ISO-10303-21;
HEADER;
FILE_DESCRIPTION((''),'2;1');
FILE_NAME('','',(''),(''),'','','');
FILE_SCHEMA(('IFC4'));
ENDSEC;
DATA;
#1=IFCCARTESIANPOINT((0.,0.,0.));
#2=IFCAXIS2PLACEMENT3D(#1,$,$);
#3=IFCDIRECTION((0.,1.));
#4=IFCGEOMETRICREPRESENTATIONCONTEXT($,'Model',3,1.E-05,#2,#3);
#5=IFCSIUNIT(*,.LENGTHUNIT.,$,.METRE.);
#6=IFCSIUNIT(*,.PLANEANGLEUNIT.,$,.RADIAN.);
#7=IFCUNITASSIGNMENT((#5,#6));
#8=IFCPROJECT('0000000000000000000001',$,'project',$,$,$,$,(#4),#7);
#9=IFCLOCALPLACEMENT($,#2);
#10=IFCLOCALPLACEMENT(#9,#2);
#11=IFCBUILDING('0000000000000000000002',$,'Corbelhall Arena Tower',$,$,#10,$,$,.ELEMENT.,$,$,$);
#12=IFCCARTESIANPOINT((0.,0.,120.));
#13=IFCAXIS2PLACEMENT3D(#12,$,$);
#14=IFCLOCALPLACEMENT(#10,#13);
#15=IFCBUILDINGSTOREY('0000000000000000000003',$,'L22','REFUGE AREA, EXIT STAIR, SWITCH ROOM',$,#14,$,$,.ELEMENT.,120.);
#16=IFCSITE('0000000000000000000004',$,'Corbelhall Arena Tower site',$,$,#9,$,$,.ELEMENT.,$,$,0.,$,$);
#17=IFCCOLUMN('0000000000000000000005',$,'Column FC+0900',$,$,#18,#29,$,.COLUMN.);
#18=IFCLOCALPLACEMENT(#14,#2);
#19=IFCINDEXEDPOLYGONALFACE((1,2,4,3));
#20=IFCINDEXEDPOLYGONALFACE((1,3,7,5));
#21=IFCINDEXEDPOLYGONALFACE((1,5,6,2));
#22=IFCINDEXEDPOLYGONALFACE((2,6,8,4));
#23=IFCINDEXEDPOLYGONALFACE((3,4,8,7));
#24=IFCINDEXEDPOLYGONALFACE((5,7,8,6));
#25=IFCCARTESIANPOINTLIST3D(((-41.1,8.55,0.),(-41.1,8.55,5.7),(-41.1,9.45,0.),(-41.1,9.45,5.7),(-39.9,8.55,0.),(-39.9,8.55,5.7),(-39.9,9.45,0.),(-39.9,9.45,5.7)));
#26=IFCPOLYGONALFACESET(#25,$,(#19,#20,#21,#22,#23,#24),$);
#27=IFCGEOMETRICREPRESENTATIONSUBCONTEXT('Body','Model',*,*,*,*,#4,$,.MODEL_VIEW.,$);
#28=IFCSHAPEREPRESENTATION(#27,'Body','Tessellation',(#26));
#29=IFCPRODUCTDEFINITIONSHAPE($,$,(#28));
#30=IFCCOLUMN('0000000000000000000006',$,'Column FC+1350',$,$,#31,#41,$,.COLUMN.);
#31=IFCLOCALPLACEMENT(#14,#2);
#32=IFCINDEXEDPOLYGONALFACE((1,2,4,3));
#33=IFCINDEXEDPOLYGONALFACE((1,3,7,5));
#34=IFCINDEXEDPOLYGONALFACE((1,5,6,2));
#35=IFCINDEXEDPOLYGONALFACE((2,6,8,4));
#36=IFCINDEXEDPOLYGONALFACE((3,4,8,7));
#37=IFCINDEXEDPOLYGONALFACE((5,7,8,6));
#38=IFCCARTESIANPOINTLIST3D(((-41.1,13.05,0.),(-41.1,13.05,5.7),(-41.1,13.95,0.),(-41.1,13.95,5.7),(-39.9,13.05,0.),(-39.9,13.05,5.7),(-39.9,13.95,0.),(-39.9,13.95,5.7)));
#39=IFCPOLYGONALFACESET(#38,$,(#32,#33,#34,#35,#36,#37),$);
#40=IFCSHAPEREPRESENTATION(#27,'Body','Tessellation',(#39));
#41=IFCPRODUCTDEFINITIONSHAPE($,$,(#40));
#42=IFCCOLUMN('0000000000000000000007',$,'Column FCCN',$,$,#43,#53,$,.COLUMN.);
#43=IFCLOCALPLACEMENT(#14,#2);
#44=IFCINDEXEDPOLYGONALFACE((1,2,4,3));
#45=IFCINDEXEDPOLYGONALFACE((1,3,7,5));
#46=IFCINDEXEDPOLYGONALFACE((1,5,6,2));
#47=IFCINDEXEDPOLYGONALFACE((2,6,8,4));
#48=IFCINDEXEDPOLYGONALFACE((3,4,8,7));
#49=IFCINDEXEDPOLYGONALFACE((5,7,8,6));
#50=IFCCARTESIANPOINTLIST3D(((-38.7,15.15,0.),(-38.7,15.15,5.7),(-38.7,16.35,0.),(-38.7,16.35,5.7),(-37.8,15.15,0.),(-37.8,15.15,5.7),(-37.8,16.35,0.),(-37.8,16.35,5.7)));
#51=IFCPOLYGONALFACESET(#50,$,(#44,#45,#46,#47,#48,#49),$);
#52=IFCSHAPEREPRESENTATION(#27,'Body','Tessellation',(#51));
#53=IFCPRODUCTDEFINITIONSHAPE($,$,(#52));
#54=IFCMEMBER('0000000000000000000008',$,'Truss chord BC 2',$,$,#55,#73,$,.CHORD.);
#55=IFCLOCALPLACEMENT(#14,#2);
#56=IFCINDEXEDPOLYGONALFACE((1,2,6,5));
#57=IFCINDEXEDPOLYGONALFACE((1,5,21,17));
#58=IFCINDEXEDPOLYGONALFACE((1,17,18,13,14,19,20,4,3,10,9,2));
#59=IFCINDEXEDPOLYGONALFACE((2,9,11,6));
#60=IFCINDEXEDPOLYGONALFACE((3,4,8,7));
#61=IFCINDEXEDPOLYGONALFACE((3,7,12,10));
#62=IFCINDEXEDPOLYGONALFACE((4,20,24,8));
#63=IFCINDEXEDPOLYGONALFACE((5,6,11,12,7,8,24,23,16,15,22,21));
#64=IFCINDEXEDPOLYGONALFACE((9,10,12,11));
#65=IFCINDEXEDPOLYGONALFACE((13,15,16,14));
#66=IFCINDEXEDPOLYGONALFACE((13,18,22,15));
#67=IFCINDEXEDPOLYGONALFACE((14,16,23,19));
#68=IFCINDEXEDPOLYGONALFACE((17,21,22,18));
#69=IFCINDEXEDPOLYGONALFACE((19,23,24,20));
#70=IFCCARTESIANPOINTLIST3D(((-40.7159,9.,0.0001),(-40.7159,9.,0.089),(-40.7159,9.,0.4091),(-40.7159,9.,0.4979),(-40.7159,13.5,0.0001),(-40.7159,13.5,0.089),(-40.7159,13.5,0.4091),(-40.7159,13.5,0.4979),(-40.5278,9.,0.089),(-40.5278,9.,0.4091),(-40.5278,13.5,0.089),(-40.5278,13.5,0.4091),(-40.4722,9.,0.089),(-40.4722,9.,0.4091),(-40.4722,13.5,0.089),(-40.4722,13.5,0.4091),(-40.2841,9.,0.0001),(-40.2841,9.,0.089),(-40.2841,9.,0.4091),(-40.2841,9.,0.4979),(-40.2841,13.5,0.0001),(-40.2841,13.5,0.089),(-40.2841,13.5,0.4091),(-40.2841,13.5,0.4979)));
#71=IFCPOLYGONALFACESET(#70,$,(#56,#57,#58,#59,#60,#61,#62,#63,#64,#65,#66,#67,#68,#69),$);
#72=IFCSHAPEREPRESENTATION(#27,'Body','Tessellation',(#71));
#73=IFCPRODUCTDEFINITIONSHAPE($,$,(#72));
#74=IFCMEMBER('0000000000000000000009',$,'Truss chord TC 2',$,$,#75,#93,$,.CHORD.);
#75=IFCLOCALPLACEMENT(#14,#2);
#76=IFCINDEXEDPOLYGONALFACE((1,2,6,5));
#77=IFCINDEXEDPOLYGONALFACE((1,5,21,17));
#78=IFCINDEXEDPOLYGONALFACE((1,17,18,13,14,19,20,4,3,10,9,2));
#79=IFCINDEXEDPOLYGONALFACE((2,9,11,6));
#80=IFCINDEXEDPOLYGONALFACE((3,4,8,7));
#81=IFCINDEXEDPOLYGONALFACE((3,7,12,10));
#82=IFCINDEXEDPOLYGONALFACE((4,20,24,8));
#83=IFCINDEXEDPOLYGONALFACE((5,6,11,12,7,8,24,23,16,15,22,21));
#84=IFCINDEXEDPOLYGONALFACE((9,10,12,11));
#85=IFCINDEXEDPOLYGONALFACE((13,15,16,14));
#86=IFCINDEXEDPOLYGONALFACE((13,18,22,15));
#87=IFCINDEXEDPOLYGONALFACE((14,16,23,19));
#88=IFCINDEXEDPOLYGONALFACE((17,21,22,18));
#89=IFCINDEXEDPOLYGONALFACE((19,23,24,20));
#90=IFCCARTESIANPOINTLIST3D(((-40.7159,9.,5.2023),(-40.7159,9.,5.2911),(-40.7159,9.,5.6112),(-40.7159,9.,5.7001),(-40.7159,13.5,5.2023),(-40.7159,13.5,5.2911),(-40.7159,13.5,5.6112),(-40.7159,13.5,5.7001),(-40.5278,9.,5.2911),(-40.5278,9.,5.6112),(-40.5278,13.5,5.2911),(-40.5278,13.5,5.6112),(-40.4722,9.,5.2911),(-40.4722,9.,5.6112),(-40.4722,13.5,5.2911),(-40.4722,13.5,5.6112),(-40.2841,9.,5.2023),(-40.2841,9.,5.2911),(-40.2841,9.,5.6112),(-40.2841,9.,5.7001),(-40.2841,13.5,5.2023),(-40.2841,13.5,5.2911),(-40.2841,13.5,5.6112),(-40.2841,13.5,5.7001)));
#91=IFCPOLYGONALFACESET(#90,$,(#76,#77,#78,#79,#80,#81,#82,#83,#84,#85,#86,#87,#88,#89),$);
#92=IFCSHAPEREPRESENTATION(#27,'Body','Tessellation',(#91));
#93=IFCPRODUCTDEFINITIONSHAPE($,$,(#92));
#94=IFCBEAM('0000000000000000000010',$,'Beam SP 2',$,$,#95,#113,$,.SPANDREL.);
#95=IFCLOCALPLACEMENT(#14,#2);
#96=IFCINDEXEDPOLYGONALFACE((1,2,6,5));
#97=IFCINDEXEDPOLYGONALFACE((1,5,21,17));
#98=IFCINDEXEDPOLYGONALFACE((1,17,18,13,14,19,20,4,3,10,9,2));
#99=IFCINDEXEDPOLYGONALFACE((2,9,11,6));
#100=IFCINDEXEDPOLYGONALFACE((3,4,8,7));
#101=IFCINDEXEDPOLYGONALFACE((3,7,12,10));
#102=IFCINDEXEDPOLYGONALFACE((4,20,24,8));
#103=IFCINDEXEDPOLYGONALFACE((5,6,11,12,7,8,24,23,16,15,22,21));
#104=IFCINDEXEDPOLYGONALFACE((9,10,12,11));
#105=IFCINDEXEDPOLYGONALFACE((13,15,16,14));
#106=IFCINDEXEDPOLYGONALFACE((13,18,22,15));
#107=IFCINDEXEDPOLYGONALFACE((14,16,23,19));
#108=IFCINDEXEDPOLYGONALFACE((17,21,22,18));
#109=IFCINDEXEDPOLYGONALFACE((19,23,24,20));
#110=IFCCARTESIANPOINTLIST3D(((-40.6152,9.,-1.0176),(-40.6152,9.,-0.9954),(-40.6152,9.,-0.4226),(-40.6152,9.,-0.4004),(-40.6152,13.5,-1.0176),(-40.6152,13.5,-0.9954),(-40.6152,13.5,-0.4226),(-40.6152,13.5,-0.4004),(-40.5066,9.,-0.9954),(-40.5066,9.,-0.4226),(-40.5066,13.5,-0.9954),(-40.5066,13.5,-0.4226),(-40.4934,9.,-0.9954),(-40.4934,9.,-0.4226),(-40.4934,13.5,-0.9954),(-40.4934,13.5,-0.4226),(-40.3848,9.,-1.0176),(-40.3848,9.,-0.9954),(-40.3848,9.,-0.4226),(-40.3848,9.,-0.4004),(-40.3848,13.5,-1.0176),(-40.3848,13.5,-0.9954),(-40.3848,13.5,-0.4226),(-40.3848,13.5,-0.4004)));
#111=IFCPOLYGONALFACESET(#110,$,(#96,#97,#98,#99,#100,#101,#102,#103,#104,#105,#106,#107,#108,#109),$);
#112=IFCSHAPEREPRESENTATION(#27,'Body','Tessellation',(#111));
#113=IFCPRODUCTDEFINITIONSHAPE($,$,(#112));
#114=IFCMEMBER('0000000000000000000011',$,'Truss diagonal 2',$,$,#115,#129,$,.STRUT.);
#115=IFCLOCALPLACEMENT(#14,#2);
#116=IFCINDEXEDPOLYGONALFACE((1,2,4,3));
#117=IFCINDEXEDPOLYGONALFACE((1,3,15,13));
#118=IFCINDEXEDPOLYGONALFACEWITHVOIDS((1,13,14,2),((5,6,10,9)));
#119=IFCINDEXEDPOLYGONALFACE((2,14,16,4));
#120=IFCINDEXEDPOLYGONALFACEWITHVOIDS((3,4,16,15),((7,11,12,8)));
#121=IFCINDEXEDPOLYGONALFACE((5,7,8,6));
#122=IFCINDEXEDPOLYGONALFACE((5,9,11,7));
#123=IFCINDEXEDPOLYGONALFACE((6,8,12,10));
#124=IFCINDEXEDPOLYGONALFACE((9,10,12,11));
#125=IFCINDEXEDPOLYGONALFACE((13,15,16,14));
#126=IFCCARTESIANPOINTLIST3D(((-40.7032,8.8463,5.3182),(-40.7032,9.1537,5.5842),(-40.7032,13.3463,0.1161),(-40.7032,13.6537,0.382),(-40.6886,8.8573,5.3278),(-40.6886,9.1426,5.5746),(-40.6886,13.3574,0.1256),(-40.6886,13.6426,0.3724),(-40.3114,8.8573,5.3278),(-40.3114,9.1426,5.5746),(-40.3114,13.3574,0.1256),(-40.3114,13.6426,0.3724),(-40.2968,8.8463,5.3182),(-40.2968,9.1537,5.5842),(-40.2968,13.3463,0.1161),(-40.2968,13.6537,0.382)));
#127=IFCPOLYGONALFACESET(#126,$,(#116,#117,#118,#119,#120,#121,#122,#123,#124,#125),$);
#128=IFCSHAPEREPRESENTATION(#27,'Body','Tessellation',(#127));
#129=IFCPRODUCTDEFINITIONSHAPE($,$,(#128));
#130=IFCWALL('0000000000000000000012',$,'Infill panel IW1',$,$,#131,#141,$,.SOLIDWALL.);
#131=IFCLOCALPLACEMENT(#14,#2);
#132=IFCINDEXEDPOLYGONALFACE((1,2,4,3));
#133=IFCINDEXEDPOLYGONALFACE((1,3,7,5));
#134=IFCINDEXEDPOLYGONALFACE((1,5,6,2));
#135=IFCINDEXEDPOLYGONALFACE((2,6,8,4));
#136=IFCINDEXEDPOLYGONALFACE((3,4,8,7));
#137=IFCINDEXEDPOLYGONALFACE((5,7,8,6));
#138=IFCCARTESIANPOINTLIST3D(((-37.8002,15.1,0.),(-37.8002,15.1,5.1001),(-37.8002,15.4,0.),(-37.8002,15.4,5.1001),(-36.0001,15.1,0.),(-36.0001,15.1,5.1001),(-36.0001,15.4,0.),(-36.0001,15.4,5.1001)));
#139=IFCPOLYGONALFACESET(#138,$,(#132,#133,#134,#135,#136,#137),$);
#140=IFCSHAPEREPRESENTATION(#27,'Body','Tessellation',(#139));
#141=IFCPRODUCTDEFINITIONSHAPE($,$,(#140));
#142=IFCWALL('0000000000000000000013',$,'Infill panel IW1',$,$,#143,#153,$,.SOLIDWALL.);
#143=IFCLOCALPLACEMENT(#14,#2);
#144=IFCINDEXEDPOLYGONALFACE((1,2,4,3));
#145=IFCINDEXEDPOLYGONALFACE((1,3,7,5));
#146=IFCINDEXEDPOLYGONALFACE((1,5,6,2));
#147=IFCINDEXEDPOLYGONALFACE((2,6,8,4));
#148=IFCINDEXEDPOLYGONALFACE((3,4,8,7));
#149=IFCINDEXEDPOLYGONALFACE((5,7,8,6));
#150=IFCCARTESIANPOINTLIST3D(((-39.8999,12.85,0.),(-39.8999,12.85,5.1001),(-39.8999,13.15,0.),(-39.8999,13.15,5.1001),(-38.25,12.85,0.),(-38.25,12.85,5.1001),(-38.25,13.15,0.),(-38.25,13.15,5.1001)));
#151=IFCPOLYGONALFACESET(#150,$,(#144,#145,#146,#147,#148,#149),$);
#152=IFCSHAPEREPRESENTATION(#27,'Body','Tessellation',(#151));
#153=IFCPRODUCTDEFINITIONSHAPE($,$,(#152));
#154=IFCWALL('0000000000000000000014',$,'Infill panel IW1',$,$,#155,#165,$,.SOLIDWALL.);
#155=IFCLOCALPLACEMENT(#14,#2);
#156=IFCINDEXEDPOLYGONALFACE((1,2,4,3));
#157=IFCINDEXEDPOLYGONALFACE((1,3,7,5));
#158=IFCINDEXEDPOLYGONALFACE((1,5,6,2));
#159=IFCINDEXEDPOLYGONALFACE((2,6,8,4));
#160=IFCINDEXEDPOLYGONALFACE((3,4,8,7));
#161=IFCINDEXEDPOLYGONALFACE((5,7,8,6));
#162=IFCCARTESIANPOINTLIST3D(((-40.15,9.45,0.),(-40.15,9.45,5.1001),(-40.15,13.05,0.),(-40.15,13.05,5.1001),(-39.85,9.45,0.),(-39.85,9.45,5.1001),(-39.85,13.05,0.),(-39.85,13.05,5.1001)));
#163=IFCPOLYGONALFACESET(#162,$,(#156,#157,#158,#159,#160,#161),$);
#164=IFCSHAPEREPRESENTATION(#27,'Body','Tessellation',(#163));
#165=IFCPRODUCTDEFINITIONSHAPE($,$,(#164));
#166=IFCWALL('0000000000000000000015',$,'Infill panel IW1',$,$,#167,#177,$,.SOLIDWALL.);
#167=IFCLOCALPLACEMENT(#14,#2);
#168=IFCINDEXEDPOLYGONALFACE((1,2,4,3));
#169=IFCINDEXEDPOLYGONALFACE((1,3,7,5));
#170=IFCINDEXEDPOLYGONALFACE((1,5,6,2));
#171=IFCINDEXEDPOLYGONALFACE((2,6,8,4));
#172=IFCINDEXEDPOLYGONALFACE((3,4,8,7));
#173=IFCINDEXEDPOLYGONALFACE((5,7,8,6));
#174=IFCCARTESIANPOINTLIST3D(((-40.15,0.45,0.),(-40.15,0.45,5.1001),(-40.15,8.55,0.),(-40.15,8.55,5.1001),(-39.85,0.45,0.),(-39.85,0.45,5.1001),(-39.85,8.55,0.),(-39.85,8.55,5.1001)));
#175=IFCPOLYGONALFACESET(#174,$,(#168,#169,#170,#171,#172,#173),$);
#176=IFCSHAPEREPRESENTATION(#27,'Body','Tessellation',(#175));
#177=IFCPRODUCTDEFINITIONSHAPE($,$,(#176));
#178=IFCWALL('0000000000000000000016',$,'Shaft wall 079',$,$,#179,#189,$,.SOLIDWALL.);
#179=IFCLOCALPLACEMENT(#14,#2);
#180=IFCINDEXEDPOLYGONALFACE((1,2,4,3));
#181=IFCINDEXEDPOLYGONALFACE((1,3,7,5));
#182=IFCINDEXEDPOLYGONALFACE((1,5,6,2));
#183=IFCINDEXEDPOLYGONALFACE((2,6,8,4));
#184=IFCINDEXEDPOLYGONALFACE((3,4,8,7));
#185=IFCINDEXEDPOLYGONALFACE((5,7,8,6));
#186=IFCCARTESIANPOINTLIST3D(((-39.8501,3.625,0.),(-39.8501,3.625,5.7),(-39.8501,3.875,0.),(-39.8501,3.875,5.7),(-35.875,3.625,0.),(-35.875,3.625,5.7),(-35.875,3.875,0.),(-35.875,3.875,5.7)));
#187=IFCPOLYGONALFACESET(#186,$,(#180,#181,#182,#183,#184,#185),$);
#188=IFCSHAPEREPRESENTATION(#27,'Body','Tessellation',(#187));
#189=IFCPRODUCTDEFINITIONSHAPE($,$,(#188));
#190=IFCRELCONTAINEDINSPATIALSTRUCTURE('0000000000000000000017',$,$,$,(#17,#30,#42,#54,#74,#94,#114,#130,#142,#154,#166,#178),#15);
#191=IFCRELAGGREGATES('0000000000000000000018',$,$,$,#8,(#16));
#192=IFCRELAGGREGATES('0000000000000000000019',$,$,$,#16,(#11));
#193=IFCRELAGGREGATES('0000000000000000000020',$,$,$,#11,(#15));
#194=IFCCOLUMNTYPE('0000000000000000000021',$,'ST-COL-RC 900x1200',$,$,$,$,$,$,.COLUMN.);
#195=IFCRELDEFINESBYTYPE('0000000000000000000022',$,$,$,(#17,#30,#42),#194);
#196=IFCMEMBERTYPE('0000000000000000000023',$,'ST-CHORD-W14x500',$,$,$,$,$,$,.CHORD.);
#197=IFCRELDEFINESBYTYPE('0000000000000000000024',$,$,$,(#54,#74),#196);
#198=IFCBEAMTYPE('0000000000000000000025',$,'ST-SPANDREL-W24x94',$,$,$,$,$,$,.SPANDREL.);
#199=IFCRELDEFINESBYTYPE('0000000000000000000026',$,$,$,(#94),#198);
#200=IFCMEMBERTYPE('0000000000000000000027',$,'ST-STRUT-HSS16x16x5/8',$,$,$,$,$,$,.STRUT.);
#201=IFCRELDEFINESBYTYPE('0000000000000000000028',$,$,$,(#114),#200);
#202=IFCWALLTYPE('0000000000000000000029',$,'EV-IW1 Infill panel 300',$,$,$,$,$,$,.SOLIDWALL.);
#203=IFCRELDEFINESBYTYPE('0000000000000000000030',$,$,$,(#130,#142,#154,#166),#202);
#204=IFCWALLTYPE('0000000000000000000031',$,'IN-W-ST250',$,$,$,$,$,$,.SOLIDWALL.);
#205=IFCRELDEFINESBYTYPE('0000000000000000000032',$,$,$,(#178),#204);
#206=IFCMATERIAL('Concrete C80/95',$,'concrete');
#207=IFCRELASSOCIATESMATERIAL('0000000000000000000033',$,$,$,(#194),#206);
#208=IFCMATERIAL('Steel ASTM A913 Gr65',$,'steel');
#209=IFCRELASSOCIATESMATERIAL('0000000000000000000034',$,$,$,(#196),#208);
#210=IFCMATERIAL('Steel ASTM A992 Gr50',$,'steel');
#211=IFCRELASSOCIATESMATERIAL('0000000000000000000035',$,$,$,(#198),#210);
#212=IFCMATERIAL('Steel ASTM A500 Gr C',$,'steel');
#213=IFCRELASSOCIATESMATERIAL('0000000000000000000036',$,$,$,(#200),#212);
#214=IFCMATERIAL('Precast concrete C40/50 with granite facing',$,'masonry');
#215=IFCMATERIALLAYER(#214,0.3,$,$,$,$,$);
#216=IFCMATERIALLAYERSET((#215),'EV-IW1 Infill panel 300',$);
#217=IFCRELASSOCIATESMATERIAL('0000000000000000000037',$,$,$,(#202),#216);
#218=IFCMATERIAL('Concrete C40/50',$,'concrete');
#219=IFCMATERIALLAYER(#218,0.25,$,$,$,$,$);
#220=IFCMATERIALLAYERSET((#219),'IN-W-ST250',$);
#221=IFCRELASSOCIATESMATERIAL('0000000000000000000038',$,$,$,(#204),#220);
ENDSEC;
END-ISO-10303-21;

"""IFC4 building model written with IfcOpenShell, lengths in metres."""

from ifc_helpers import new_model, si_unit, direction, frame, frame_2d, origin, origin_2d, place, context, subcontext, project, spatial, rectangle, hollow_rectangle, i_section, extrude, material, layer, layer_set, material_profile, profile_set, type_object, element, save


model = new_model("IFC4")

# Units and contexts
model_context = context("Model", 3, precision=1e-05, world=origin(), true_north=direction((0.0, 1.0)))
body_context = subcontext(model_context, "Body", "Model", "MODEL_VIEW")
ifc_project = project(units=[si_unit("LENGTHUNIT", "METRE"), si_unit("PLANEANGLEUNIT", "RADIAN")], contexts=[model_context])

# Site, building, storey
site_placement = place(None, origin())
site = spatial("IfcSite", under=ifc_project, at=site_placement, Name="Corbelhall Arena Tower site", CompositionType="ELEMENT", RefElevation=0.0)
building_placement = place(site_placement, origin())
building = spatial("IfcBuilding", under=site, at=building_placement, Name="Corbelhall Arena Tower", CompositionType="ELEMENT")
storey_placement = place(building_placement, frame((0.0, 0.0, 120.0)))
storey = spatial("IfcBuildingStorey", under=building, at=storey_placement, Name="L22", Description="REFUGE AREA, EXIT STAIR, SWITCH ROOM", CompositionType="ELEMENT", Elevation=120.0)

# Columns
ifc_material_1 = material(Name="Concrete C80/95", Category="concrete")
ifc_material_profile_1 = material_profile(ifc_material_1, rectangle(XDim=0.8999, YDim=1.2, at=origin_2d()))
ifc_profile_set_1 = profile_set([ifc_material_profile_1], Name="Concrete C80/95")
column_type = type_object("IfcColumnType", Name="ST-COL-RC 900x1200", PredefinedType="COLUMN", material=ifc_profile_set_1)
for number, where, z_axis, x_axis, name in (
    (1, (-40.5, 9.0, 0.0), (0.0, 0.0, 1.0), (0.0, 1.0, 0.0), "Column FC+0900"),
    (2, (-40.5, 13.5, 0.0), (0.0, 0.0, 1.0), (0.0, 1.0, 0.0), "Column FC+1350"),
    (3, (-38.25, 15.75, 0.0), (0.0, 0.0, 1.0), (1.0, 0.0, 0.0), "Column FCCN"),
):
    element("IfcColumn", number, at=place(storey_placement, frame(where, z_axis=z_axis, x_axis=x_axis)), inside=storey, type_object=column_type, Name=name, PredefinedType="COLUMN", context=body_context, shape_type="SweptSolid", body=[
        extrude(rectangle(XDim=0.8999, YDim=1.2, at=origin_2d()), origin(), (0.0, 0.0, 1.0), 5.7),
    ])

# Members
ifc_material_2 = material(Name="Steel ASTM A913 Gr65", Category="steel")
ifc_material_profile_2 = material_profile(ifc_material_2, i_section(OverallWidth=0.4319, OverallDepth=0.4978, WebThickness=0.0557, FlangeThickness=0.0889, at=origin_2d()))
ifc_profile_set_2 = profile_set([ifc_material_profile_2], Name="Steel ASTM A913 Gr65")
member_type_1 = type_object("IfcMemberType", Name="ST-CHORD-W14x500", PredefinedType="CHORD", material=ifc_profile_set_2)
for number, where, z_axis, x_axis, name in (
    (4, (-40.5, 9.0, 0.249), (0.0, 1.0, 0.0), (-1.0, 0.0, 0.0), "Truss chord BC 2"),
    (5, (-40.5, 9.0, 5.4512), (0.0, 1.0, 0.0), (-1.0, 0.0, 0.0), "Truss chord TC 2"),
):
    element("IfcMember", number, at=place(storey_placement, frame(where, z_axis=z_axis, x_axis=x_axis)), inside=storey, type_object=member_type_1, Name=name, PredefinedType="CHORD", context=body_context, shape_type="SweptSolid", body=[
        extrude(i_section(OverallWidth=0.4319, OverallDepth=0.4978, WebThickness=0.0557, FlangeThickness=0.0889, at=origin_2d()), origin(), (0.0, 0.0, 1.0), 4.5),
    ])

# Beam
ifc_material_3 = material(Name="Steel ASTM A992 Gr50", Category="steel")
ifc_material_profile_3 = material_profile(ifc_material_3, i_section(OverallWidth=0.2305, OverallDepth=0.6172, WebThickness=0.0132, FlangeThickness=0.0222, at=origin_2d()))
ifc_profile_set_3 = profile_set([ifc_material_profile_3], Name="Steel ASTM A992 Gr50")
beam_type = type_object("IfcBeamType", Name="ST-SPANDREL-W24x94", PredefinedType="SPANDREL", material=ifc_profile_set_3)
beam_placement = place(storey_placement, frame((-40.5, 9.0, -0.709), z_axis=(0.0, 1.0, 0.0), x_axis=(-1.0, 0.0, 0.0)))
element("IfcBeam", 6, at=beam_placement, inside=storey, type_object=beam_type, Name="Beam SP 2", PredefinedType="SPANDREL", context=body_context, shape_type="SweptSolid", body=[
    extrude(i_section(OverallWidth=0.2305, OverallDepth=0.6172, WebThickness=0.0132, FlangeThickness=0.0222, at=origin_2d()), origin(), (0.0, 0.0, 1.0), 4.5),
])

# Member
ifc_material_4 = material(Name="Steel ASTM A500 Gr C", Category="steel")
ifc_material_profile_4 = material_profile(ifc_material_4, hollow_rectangle(XDim=0.4065, YDim=0.4065, WallThickness=0.0146, at=origin_2d()))
ifc_profile_set_4 = profile_set([ifc_material_profile_4], Name="Steel ASTM A500 Gr C")
member_type_2 = type_object("IfcMemberType", Name="ST-STRUT-HSS16x16x5/8", PredefinedType="STRUT", material=ifc_profile_set_4)
member_placement = place(storey_placement, frame((-40.5, 13.5, 0.249), z_axis=(0.0, -0.654222, 0.756302), x_axis=(1.0, 0.0, 0.0)))
element("IfcMember", 7, at=member_placement, inside=storey, type_object=member_type_2, Name="Truss diagonal 2", PredefinedType="STRUT", context=body_context, shape_type="SweptSolid", body=[
    extrude(hollow_rectangle(XDim=0.4065, YDim=0.4065, WallThickness=0.0146, at=origin_2d()), origin(), (0.0, 0.0, 1.0), 6.8784),
])

# Walls
ifc_material_5 = material(Name="Precast concrete C40/50 with granite facing", Category="masonry")
ifc_layer_1 = layer(ifc_material_5, 0.3)
ifc_layer_set_1 = layer_set([ifc_layer_1], Name="EV-IW1 Infill panel 300")
wall_type_1 = type_object("IfcWallType", Name="EV-IW1 Infill panel 300", PredefinedType="SOLIDWALL", material=ifc_layer_set_1)
wall_1_placement = place(storey_placement, frame((-37.8, 15.25, 0.0), z_axis=(0.0, 0.0, 1.0), x_axis=(1.0, 0.0, 0.0)))
element("IfcWall", 8, at=wall_1_placement, inside=storey, type_object=wall_type_1, Name="Infill panel IW1", PredefinedType="SOLIDWALL", context=body_context, shape_type="SweptSolid", body=[
    extrude(rectangle(XDim=1.8, YDim=0.3, at=frame_2d((0.8999, 0.0))), origin(), (0.0, 0.0, 1.0), 5.1001),
])
wall_2_placement = place(storey_placement, frame((-39.8999, 13.0, 0.0), z_axis=(0.0, 0.0, 1.0), x_axis=(1.0, 0.0, 0.0)))
element("IfcWall", 9, at=wall_2_placement, inside=storey, type_object=wall_type_1, Name="Infill panel IW1", PredefinedType="SOLIDWALL", context=body_context, shape_type="SweptSolid", body=[
    extrude(rectangle(XDim=1.6499, YDim=0.3, at=frame_2d((0.825, 0.0))), origin(), (0.0, 0.0, 1.0), 5.1001),
])
wall_3_placement = place(storey_placement, frame((-40.0, 13.05, 0.0), z_axis=(0.0, 0.0, 1.0), x_axis=(0.0, -1.0, 0.0)))
element("IfcWall", 10, at=wall_3_placement, inside=storey, type_object=wall_type_1, Name="Infill panel IW1", PredefinedType="SOLIDWALL", context=body_context, shape_type="SweptSolid", body=[
    extrude(rectangle(XDim=3.6001, YDim=0.3, at=frame_2d((1.8, 0.0))), origin(), (0.0, 0.0, 1.0), 5.1001),
])
wall_4_placement = place(storey_placement, frame((-40.0, 8.55, 0.0), z_axis=(0.0, 0.0, 1.0), x_axis=(0.0, -1.0, 0.0)))
element("IfcWall", 11, at=wall_4_placement, inside=storey, type_object=wall_type_1, Name="Infill panel IW1", PredefinedType="SOLIDWALL", context=body_context, shape_type="SweptSolid", body=[
    extrude(rectangle(XDim=8.1001, YDim=0.3, at=frame_2d((4.05, 0.0))), origin(), (0.0, 0.0, 1.0), 5.1001),
])
ifc_material_6 = material(Name="Concrete C40/50", Category="concrete")
ifc_layer_2 = layer(ifc_material_6, 0.25)
ifc_layer_set_2 = layer_set([ifc_layer_2], Name="IN-W-ST250")
wall_type_2 = type_object("IfcWallType", Name="IN-W-ST250", PredefinedType="SOLIDWALL", material=ifc_layer_set_2)
wall_5_placement = place(storey_placement, frame((-39.8501, 3.75, 0.0), z_axis=(0.0, 0.0, 1.0), x_axis=(1.0, 0.0, 0.0)))
element("IfcWall", 12, at=wall_5_placement, inside=storey, type_object=wall_type_2, Name="Shaft wall 079", PredefinedType="SOLIDWALL", context=body_context, shape_type="SweptSolid", body=[
    extrude(rectangle(XDim=3.9751, YDim=0.25, at=frame_2d((1.9875, 0.0))), origin(), (0.0, 0.0, 1.0), 5.7),
])

save(model, "model.ifc")
